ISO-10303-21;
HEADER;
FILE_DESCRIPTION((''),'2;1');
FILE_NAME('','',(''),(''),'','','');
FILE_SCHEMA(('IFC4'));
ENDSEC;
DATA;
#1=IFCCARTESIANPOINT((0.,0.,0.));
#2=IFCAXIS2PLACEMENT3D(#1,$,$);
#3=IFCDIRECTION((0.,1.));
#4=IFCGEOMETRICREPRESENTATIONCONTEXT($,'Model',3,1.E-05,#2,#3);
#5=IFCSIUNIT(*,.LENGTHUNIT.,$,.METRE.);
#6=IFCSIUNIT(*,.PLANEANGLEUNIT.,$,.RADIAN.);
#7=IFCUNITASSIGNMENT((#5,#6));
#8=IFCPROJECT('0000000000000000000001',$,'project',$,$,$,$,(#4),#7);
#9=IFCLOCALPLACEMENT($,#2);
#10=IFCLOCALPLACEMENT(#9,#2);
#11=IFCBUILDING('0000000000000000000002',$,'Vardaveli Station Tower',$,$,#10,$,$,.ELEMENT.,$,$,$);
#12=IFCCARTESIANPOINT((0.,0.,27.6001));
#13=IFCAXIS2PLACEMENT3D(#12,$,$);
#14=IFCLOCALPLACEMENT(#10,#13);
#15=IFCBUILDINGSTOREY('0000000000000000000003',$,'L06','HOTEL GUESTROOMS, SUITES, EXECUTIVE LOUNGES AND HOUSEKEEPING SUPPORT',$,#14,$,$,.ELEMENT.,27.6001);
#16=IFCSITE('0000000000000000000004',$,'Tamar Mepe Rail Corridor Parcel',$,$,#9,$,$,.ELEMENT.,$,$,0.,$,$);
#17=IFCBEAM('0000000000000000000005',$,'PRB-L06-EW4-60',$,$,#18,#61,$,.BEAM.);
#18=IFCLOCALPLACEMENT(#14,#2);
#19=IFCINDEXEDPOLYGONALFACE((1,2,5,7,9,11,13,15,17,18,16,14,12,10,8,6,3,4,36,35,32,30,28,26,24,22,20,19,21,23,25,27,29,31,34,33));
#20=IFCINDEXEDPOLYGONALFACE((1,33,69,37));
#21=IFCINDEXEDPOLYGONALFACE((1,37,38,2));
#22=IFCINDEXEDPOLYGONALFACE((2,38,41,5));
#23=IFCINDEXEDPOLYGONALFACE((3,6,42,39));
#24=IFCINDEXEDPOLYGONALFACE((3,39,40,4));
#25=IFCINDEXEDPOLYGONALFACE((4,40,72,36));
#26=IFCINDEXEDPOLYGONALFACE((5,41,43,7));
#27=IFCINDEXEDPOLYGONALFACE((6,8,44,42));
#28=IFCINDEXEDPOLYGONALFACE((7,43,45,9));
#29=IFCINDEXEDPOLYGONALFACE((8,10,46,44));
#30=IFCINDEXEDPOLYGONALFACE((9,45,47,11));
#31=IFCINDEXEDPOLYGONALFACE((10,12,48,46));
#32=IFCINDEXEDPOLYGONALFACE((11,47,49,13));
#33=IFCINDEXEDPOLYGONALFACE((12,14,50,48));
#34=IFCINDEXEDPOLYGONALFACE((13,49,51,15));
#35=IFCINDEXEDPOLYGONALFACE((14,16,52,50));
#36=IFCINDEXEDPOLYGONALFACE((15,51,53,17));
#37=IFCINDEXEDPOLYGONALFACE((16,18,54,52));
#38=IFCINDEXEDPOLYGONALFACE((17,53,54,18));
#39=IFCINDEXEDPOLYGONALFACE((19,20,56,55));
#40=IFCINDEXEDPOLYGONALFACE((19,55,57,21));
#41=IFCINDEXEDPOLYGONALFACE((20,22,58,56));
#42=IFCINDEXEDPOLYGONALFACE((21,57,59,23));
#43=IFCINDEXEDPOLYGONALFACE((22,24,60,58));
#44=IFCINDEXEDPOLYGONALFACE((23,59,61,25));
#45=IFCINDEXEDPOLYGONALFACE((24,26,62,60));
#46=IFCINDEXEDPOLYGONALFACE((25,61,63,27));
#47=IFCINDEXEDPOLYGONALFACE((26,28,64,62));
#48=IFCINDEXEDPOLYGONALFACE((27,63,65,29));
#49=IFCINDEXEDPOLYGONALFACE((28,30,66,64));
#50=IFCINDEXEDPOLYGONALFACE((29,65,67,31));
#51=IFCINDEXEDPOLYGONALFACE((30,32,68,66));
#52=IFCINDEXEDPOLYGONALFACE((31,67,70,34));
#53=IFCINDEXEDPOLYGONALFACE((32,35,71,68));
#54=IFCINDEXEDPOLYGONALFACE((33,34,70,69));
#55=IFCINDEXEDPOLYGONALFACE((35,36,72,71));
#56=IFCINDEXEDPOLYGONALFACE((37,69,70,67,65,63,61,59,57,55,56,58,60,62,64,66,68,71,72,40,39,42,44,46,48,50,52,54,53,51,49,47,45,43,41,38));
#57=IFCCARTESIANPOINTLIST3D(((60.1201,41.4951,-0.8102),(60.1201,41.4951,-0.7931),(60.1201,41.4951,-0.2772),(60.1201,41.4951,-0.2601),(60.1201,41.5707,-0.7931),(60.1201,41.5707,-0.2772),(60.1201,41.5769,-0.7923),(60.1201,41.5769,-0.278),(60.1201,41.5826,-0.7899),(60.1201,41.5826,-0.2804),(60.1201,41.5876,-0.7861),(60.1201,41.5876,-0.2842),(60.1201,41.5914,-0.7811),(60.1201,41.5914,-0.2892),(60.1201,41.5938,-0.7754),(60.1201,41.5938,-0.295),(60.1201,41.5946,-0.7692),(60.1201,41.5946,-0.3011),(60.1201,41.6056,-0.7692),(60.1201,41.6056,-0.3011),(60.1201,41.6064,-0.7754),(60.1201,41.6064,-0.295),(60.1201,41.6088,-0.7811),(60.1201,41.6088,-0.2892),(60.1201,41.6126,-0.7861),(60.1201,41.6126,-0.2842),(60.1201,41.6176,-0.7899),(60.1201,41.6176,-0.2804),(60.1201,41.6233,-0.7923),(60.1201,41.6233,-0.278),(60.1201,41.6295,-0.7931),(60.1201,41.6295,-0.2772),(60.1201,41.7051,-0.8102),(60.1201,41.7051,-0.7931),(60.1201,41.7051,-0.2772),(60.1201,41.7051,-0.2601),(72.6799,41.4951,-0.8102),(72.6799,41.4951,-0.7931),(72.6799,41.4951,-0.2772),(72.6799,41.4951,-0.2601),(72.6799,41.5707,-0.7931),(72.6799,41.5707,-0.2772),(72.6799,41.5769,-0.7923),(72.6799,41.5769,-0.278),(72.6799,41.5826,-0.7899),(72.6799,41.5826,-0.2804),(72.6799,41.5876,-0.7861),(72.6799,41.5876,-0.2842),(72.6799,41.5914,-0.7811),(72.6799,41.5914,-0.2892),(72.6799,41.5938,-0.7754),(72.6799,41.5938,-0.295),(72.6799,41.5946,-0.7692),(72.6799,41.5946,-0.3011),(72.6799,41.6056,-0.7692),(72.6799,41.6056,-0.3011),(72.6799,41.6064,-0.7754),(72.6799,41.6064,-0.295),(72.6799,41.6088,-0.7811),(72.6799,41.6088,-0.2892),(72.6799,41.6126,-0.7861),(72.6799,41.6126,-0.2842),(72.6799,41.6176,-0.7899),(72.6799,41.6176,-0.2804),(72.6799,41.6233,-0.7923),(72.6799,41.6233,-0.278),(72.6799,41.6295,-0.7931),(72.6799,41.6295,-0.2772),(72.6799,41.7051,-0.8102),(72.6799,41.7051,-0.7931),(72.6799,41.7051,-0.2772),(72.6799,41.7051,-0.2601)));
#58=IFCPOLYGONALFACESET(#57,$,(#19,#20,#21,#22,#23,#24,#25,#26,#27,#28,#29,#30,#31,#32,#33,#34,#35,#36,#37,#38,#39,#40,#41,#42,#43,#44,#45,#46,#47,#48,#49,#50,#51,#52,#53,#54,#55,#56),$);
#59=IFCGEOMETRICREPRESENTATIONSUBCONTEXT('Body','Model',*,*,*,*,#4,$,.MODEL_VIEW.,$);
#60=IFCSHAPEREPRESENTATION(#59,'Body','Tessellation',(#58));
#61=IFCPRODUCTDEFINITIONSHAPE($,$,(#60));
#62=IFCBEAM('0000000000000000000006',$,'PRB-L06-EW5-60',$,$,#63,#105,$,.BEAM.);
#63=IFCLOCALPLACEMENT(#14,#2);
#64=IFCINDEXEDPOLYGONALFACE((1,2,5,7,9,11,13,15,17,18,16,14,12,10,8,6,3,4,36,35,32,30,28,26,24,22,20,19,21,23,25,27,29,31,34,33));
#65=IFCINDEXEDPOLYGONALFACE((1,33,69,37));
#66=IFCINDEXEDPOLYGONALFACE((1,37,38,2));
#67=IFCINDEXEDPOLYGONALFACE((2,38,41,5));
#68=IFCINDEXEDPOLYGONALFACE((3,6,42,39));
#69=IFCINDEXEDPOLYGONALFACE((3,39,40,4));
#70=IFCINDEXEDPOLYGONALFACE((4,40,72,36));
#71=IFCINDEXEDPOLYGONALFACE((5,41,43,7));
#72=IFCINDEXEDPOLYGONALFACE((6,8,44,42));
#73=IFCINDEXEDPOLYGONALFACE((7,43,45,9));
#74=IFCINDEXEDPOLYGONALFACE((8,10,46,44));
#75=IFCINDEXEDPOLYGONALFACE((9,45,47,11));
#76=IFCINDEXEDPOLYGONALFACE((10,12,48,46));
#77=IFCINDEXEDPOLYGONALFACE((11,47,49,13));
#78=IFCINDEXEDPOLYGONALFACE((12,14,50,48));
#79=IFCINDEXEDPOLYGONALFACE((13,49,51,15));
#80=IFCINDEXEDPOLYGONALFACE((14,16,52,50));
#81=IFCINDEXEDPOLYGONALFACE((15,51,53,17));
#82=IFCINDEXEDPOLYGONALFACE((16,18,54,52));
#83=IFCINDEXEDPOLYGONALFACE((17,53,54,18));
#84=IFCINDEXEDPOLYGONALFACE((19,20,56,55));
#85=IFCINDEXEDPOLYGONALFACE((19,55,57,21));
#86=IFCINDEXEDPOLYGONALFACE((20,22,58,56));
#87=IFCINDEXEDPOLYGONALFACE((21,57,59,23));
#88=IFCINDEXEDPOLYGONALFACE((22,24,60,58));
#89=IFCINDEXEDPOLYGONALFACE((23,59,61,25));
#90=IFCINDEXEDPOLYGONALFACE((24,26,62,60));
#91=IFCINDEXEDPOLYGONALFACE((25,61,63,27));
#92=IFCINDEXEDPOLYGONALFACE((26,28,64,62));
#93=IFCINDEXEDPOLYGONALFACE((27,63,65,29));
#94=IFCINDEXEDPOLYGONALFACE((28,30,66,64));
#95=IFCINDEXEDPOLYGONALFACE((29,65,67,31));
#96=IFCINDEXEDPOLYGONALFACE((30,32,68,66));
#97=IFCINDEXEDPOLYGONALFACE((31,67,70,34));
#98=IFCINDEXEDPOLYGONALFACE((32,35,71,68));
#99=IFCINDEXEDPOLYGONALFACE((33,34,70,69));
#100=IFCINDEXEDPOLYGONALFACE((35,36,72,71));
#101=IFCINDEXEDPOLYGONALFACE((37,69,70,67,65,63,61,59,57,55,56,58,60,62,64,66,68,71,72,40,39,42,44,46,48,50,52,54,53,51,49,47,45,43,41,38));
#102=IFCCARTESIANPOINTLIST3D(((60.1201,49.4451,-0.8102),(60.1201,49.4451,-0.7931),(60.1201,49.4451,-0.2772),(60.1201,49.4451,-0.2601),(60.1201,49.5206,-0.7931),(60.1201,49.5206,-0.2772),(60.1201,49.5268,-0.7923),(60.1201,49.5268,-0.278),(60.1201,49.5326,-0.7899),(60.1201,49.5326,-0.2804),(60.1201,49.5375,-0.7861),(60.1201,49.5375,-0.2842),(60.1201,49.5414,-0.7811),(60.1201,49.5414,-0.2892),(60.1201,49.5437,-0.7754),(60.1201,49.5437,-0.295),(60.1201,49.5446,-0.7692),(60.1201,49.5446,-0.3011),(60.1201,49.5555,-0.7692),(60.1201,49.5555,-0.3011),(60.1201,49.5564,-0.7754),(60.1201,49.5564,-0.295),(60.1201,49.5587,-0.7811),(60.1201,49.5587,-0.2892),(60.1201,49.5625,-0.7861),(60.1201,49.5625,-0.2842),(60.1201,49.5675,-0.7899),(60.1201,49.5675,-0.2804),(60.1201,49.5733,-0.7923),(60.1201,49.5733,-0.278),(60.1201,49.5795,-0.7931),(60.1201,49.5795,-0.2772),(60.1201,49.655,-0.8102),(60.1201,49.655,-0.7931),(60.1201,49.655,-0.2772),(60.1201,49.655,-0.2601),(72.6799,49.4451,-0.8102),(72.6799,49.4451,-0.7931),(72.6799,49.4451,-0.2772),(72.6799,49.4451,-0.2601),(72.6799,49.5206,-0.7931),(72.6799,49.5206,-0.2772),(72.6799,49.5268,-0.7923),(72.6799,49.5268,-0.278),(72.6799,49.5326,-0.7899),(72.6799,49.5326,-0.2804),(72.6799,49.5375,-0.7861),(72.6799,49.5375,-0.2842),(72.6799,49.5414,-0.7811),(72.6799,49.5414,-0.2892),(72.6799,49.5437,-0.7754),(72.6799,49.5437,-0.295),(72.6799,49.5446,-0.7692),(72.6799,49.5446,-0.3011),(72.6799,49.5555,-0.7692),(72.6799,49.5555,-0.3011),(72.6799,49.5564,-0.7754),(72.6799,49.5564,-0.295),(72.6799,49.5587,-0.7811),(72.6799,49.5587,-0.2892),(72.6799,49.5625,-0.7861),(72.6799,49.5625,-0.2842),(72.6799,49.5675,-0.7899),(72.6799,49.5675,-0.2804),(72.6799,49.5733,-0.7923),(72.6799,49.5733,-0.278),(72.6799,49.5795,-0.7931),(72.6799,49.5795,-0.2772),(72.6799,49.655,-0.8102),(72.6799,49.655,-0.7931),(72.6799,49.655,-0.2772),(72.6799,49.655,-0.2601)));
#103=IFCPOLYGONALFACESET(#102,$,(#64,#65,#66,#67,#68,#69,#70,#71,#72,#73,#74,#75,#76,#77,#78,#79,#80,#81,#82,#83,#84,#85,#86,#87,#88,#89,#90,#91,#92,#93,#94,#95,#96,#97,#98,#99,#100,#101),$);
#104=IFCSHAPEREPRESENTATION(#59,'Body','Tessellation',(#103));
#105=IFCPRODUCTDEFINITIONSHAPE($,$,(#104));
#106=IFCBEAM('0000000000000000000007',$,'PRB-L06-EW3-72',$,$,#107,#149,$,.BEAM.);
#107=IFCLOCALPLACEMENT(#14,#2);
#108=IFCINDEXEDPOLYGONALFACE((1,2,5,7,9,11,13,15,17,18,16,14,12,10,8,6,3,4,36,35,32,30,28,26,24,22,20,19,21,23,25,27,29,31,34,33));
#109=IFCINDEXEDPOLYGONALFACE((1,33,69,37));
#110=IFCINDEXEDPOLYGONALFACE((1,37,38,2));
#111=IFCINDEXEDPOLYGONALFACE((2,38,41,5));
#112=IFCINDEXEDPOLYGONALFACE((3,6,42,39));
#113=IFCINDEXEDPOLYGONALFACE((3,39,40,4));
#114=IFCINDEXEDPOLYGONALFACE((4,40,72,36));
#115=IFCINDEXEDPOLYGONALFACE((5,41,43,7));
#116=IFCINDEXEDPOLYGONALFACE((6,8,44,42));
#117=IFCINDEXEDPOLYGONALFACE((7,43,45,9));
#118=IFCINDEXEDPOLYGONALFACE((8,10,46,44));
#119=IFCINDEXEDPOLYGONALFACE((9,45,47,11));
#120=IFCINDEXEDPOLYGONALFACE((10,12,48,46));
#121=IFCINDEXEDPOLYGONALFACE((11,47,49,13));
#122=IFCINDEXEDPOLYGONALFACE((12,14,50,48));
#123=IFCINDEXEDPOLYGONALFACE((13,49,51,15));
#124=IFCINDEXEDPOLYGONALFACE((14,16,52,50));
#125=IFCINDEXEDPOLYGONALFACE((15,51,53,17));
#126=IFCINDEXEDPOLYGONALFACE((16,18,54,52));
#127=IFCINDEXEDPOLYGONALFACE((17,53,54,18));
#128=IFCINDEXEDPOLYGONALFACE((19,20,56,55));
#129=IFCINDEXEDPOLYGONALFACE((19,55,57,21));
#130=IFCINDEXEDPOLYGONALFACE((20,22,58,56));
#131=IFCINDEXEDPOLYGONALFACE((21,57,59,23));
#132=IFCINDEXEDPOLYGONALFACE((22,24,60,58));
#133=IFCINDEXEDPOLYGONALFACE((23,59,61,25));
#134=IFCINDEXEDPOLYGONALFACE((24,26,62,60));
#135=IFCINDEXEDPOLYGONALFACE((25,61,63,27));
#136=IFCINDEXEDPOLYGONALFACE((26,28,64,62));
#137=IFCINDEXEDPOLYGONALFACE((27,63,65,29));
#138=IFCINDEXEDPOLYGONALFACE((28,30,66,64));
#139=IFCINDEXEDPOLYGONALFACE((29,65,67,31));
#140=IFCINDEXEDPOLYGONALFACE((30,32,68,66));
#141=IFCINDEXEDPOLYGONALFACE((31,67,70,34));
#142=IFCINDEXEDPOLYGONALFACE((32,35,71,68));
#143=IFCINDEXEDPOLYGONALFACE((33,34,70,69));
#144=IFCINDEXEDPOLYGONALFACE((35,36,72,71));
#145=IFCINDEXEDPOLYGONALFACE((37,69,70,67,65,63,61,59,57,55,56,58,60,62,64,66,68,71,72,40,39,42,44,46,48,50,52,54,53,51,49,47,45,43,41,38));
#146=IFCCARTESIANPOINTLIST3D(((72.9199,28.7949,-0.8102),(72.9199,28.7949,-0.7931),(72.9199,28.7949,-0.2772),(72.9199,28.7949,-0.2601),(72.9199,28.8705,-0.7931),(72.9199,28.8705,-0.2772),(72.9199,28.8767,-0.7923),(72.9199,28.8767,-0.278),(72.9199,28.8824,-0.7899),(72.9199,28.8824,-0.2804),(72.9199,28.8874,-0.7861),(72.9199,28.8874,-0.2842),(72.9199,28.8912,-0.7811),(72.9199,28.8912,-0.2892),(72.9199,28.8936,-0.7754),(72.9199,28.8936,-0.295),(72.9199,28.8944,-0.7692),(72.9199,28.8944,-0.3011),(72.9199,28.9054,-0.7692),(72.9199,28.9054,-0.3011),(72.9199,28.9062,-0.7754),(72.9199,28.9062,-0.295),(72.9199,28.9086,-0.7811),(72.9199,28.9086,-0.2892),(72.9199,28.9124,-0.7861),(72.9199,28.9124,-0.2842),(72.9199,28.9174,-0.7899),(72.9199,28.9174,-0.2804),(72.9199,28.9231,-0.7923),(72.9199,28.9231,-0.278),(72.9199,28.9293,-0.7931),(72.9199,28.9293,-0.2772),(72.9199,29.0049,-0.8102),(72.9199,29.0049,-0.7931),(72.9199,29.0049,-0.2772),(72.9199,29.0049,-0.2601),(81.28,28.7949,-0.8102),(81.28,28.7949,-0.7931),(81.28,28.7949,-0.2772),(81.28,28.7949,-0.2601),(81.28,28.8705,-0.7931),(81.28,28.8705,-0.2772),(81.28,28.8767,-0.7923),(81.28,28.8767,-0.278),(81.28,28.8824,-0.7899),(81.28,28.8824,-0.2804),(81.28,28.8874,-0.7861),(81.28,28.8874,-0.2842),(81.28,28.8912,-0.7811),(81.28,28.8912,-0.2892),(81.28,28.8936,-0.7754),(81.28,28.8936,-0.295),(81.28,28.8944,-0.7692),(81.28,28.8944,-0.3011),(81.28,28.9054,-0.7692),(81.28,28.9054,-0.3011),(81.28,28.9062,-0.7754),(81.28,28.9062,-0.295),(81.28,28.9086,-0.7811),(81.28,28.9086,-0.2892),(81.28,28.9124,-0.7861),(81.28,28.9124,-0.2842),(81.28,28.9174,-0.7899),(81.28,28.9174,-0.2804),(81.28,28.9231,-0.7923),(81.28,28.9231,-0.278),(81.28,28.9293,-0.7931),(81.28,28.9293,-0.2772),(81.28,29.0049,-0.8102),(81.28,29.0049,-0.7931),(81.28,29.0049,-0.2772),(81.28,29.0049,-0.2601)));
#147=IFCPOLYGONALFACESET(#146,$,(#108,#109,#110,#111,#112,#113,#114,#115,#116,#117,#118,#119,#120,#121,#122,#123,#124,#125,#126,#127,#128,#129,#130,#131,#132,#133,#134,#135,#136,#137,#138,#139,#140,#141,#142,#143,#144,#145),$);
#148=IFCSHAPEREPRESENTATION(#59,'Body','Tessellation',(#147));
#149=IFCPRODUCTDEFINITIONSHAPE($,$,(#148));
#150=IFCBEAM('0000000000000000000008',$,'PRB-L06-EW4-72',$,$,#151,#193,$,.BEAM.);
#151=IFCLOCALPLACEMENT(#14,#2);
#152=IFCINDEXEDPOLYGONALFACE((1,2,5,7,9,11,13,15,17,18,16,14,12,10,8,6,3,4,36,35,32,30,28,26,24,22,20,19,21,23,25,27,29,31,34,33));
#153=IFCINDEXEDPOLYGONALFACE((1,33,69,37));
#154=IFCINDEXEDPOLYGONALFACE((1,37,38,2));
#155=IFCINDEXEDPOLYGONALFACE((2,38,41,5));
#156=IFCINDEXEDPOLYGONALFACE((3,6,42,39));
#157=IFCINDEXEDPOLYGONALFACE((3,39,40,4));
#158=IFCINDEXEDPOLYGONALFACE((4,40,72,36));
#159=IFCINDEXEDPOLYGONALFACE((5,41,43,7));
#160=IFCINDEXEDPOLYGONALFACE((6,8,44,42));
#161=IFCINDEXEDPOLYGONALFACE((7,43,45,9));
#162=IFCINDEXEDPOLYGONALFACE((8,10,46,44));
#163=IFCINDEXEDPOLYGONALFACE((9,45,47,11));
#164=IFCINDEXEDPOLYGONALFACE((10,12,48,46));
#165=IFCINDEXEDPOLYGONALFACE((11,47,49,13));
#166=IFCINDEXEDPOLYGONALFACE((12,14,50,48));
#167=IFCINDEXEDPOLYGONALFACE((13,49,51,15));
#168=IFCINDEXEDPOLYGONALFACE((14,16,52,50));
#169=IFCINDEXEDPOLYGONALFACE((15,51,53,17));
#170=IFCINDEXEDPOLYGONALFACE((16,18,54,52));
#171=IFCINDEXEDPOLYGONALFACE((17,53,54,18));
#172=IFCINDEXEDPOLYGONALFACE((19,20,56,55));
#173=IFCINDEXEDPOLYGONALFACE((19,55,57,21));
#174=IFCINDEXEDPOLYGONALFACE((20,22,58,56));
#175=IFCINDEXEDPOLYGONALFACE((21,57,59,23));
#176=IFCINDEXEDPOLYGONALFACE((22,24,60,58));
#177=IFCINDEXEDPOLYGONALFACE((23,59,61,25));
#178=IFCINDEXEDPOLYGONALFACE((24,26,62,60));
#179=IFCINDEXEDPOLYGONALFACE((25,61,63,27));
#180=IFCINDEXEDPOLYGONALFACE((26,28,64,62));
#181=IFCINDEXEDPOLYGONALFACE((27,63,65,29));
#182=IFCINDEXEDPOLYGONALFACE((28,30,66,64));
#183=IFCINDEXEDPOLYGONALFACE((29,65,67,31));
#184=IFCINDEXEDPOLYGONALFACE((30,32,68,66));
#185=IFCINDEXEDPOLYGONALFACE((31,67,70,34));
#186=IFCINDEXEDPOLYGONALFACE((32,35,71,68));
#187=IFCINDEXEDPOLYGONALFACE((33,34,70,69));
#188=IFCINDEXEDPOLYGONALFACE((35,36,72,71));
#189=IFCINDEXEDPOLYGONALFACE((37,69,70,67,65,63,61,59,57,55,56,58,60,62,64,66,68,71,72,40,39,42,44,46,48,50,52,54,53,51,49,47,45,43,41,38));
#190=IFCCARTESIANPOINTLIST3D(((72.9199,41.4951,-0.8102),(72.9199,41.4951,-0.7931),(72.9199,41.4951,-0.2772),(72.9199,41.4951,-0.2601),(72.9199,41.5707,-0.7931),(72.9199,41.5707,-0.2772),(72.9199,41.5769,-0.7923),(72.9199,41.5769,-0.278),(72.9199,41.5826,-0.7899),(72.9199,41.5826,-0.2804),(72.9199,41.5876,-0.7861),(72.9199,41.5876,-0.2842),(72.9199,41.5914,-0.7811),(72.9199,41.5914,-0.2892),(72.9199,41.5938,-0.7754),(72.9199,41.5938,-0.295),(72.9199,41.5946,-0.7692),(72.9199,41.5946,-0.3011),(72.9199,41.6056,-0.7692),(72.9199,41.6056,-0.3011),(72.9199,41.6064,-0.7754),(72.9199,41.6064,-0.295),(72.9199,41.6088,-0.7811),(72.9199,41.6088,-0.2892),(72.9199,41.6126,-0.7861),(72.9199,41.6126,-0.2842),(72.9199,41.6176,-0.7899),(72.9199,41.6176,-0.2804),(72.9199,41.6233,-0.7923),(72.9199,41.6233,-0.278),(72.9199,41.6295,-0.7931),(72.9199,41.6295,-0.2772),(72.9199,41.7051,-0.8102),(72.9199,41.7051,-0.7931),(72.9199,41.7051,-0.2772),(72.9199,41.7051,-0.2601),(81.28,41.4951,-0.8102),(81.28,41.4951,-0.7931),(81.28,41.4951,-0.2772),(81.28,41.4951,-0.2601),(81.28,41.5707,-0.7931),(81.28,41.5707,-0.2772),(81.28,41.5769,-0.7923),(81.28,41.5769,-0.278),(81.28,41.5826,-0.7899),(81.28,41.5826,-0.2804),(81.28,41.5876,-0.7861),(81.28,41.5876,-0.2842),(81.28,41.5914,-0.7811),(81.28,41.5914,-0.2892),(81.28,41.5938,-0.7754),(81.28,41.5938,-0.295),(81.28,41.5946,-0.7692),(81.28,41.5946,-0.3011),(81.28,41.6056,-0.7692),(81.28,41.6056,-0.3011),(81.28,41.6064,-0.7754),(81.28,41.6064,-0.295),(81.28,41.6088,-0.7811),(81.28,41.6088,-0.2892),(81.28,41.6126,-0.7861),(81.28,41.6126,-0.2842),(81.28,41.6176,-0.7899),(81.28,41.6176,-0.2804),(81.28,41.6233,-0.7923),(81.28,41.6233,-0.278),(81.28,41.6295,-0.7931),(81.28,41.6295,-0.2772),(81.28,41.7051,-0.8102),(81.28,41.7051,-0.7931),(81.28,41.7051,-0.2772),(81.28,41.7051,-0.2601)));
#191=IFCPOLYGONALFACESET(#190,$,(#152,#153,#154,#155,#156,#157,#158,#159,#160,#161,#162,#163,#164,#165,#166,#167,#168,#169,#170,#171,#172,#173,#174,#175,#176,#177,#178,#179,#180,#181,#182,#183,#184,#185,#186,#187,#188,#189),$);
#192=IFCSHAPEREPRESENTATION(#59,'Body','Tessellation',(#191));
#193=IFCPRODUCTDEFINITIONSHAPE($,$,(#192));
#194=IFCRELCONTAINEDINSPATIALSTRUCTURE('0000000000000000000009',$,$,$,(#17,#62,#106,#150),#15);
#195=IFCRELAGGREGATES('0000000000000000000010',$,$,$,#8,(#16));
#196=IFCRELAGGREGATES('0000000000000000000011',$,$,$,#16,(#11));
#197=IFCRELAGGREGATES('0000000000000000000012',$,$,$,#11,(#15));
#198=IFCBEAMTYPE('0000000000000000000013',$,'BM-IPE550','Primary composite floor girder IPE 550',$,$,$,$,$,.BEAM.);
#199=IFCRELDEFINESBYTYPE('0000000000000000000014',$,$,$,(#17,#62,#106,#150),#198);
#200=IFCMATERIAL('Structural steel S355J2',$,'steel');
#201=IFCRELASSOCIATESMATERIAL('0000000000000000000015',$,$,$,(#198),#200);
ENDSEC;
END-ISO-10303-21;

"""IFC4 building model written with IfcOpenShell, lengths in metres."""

from ifc_helpers import new_model, si_unit, direction, frame, origin, origin_2d, place, context, subcontext, project, spatial, i_section, extrude, source, transform, mapped, material, material_profile, profile_set, type_object, element, save


model = new_model("IFC4")

# Units and contexts
model_context = context("Model", 3, precision=1e-05, world=origin(), true_north=direction((0.0, 1.0)))
body_context = subcontext(model_context, "Body", "Model", "MODEL_VIEW")
ifc_project = project(units=[si_unit("LENGTHUNIT", "METRE"), si_unit("PLANEANGLEUNIT", "RADIAN")], contexts=[model_context])

# Site, building, storey
site_placement = place(None, origin())
site = spatial("IfcSite", under=ifc_project, at=site_placement, Name="Tamar Mepe Rail Corridor Parcel", CompositionType="ELEMENT", RefElevation=0.0)
building_placement = place(site_placement, origin())
building = spatial("IfcBuilding", under=site, at=building_placement, Name="Vardaveli Station Tower", CompositionType="ELEMENT")
storey_placement = place(building_placement, frame((0.0, 0.0, 27.6001)))
storey = spatial("IfcBuildingStorey", under=building, at=storey_placement, Name="L06", Description="HOTEL GUESTROOMS, SUITES, EXECUTIVE LOUNGES AND HOUSEKEEPING SUPPORT", CompositionType="ELEMENT", Elevation=27.6001)

# Beams
ifc_material_1 = material(Name="Structural steel S355J2", Category="steel")
ifc_material_profile_1 = material_profile(ifc_material_1, i_section(OverallWidth=0.21, OverallDepth=0.55, WebThickness=0.011, FlangeThickness=0.0171, FilletRadius=0.0239, at=origin_2d()), Name="IPE 550")
ifc_profile_set_1 = profile_set([ifc_material_profile_1], Name="Structural steel S355J2")
beam_type_1 = type_object("IfcBeamType", Name="BM-IPE550", Description="Primary composite floor girder IPE 550", PredefinedType="BEAM", material=ifc_profile_set_1)
shared_shape_1 = source(origin(), body_context, "Body", "SweptSolid", [
    extrude(i_section(OverallWidth=0.21, OverallDepth=0.55, WebThickness=0.011, FlangeThickness=0.0171, FilletRadius=0.0239, at=origin_2d()), origin(), (0.0, 0.0, 1.0), 12.5598),
])
for number, where, z_axis, x_axis, name in (
    (1, (60.1201, 41.6001, -0.5352), (1.0, 0.0, 0.0), (0.0, 1.0, 0.0), "PRB-L06-EW4-60"),
    (2, (60.1201, 49.55, -0.5352), (1.0, 0.0, 0.0), (0.0, 1.0, 0.0), "PRB-L06-EW5-60"),
):
    element("IfcBeam", number, at=place(storey_placement, frame(where, z_axis=z_axis, x_axis=x_axis)), inside=storey, type_object=beam_type_1, Name=name, PredefinedType="BEAM", context=body_context, shape_type="MappedRepresentation", body=[
        mapped(shared_shape_1, transform((0.0, 0.0, 0.0), scale=1.0)),
    ])
shared_shape_2 = source(origin(), body_context, "Body", "SweptSolid", [
    extrude(i_section(OverallWidth=0.21, OverallDepth=0.55, WebThickness=0.011, FlangeThickness=0.0171, FilletRadius=0.0239, at=origin_2d()), origin(), (0.0, 0.0, 1.0), 8.3601),
])
for number, where, z_axis, x_axis, name in (
    (3, (72.9199, 28.8999, -0.5352), (1.0, 0.0, 0.0), (0.0, 1.0, 0.0), "PRB-L06-EW3-72"),
    (4, (72.9199, 41.6001, -0.5352), (1.0, 0.0, 0.0), (0.0, 1.0, 0.0), "PRB-L06-EW4-72"),
):
    element("IfcBeam", number, at=place(storey_placement, frame(where, z_axis=z_axis, x_axis=x_axis)), inside=storey, type_object=beam_type_1, Name=name, PredefinedType="BEAM", context=body_context, shape_type="MappedRepresentation", body=[
        mapped(shared_shape_2, transform((0.0, 0.0, 0.0), scale=1.0)),
    ])

save(model, "model.ifc")
